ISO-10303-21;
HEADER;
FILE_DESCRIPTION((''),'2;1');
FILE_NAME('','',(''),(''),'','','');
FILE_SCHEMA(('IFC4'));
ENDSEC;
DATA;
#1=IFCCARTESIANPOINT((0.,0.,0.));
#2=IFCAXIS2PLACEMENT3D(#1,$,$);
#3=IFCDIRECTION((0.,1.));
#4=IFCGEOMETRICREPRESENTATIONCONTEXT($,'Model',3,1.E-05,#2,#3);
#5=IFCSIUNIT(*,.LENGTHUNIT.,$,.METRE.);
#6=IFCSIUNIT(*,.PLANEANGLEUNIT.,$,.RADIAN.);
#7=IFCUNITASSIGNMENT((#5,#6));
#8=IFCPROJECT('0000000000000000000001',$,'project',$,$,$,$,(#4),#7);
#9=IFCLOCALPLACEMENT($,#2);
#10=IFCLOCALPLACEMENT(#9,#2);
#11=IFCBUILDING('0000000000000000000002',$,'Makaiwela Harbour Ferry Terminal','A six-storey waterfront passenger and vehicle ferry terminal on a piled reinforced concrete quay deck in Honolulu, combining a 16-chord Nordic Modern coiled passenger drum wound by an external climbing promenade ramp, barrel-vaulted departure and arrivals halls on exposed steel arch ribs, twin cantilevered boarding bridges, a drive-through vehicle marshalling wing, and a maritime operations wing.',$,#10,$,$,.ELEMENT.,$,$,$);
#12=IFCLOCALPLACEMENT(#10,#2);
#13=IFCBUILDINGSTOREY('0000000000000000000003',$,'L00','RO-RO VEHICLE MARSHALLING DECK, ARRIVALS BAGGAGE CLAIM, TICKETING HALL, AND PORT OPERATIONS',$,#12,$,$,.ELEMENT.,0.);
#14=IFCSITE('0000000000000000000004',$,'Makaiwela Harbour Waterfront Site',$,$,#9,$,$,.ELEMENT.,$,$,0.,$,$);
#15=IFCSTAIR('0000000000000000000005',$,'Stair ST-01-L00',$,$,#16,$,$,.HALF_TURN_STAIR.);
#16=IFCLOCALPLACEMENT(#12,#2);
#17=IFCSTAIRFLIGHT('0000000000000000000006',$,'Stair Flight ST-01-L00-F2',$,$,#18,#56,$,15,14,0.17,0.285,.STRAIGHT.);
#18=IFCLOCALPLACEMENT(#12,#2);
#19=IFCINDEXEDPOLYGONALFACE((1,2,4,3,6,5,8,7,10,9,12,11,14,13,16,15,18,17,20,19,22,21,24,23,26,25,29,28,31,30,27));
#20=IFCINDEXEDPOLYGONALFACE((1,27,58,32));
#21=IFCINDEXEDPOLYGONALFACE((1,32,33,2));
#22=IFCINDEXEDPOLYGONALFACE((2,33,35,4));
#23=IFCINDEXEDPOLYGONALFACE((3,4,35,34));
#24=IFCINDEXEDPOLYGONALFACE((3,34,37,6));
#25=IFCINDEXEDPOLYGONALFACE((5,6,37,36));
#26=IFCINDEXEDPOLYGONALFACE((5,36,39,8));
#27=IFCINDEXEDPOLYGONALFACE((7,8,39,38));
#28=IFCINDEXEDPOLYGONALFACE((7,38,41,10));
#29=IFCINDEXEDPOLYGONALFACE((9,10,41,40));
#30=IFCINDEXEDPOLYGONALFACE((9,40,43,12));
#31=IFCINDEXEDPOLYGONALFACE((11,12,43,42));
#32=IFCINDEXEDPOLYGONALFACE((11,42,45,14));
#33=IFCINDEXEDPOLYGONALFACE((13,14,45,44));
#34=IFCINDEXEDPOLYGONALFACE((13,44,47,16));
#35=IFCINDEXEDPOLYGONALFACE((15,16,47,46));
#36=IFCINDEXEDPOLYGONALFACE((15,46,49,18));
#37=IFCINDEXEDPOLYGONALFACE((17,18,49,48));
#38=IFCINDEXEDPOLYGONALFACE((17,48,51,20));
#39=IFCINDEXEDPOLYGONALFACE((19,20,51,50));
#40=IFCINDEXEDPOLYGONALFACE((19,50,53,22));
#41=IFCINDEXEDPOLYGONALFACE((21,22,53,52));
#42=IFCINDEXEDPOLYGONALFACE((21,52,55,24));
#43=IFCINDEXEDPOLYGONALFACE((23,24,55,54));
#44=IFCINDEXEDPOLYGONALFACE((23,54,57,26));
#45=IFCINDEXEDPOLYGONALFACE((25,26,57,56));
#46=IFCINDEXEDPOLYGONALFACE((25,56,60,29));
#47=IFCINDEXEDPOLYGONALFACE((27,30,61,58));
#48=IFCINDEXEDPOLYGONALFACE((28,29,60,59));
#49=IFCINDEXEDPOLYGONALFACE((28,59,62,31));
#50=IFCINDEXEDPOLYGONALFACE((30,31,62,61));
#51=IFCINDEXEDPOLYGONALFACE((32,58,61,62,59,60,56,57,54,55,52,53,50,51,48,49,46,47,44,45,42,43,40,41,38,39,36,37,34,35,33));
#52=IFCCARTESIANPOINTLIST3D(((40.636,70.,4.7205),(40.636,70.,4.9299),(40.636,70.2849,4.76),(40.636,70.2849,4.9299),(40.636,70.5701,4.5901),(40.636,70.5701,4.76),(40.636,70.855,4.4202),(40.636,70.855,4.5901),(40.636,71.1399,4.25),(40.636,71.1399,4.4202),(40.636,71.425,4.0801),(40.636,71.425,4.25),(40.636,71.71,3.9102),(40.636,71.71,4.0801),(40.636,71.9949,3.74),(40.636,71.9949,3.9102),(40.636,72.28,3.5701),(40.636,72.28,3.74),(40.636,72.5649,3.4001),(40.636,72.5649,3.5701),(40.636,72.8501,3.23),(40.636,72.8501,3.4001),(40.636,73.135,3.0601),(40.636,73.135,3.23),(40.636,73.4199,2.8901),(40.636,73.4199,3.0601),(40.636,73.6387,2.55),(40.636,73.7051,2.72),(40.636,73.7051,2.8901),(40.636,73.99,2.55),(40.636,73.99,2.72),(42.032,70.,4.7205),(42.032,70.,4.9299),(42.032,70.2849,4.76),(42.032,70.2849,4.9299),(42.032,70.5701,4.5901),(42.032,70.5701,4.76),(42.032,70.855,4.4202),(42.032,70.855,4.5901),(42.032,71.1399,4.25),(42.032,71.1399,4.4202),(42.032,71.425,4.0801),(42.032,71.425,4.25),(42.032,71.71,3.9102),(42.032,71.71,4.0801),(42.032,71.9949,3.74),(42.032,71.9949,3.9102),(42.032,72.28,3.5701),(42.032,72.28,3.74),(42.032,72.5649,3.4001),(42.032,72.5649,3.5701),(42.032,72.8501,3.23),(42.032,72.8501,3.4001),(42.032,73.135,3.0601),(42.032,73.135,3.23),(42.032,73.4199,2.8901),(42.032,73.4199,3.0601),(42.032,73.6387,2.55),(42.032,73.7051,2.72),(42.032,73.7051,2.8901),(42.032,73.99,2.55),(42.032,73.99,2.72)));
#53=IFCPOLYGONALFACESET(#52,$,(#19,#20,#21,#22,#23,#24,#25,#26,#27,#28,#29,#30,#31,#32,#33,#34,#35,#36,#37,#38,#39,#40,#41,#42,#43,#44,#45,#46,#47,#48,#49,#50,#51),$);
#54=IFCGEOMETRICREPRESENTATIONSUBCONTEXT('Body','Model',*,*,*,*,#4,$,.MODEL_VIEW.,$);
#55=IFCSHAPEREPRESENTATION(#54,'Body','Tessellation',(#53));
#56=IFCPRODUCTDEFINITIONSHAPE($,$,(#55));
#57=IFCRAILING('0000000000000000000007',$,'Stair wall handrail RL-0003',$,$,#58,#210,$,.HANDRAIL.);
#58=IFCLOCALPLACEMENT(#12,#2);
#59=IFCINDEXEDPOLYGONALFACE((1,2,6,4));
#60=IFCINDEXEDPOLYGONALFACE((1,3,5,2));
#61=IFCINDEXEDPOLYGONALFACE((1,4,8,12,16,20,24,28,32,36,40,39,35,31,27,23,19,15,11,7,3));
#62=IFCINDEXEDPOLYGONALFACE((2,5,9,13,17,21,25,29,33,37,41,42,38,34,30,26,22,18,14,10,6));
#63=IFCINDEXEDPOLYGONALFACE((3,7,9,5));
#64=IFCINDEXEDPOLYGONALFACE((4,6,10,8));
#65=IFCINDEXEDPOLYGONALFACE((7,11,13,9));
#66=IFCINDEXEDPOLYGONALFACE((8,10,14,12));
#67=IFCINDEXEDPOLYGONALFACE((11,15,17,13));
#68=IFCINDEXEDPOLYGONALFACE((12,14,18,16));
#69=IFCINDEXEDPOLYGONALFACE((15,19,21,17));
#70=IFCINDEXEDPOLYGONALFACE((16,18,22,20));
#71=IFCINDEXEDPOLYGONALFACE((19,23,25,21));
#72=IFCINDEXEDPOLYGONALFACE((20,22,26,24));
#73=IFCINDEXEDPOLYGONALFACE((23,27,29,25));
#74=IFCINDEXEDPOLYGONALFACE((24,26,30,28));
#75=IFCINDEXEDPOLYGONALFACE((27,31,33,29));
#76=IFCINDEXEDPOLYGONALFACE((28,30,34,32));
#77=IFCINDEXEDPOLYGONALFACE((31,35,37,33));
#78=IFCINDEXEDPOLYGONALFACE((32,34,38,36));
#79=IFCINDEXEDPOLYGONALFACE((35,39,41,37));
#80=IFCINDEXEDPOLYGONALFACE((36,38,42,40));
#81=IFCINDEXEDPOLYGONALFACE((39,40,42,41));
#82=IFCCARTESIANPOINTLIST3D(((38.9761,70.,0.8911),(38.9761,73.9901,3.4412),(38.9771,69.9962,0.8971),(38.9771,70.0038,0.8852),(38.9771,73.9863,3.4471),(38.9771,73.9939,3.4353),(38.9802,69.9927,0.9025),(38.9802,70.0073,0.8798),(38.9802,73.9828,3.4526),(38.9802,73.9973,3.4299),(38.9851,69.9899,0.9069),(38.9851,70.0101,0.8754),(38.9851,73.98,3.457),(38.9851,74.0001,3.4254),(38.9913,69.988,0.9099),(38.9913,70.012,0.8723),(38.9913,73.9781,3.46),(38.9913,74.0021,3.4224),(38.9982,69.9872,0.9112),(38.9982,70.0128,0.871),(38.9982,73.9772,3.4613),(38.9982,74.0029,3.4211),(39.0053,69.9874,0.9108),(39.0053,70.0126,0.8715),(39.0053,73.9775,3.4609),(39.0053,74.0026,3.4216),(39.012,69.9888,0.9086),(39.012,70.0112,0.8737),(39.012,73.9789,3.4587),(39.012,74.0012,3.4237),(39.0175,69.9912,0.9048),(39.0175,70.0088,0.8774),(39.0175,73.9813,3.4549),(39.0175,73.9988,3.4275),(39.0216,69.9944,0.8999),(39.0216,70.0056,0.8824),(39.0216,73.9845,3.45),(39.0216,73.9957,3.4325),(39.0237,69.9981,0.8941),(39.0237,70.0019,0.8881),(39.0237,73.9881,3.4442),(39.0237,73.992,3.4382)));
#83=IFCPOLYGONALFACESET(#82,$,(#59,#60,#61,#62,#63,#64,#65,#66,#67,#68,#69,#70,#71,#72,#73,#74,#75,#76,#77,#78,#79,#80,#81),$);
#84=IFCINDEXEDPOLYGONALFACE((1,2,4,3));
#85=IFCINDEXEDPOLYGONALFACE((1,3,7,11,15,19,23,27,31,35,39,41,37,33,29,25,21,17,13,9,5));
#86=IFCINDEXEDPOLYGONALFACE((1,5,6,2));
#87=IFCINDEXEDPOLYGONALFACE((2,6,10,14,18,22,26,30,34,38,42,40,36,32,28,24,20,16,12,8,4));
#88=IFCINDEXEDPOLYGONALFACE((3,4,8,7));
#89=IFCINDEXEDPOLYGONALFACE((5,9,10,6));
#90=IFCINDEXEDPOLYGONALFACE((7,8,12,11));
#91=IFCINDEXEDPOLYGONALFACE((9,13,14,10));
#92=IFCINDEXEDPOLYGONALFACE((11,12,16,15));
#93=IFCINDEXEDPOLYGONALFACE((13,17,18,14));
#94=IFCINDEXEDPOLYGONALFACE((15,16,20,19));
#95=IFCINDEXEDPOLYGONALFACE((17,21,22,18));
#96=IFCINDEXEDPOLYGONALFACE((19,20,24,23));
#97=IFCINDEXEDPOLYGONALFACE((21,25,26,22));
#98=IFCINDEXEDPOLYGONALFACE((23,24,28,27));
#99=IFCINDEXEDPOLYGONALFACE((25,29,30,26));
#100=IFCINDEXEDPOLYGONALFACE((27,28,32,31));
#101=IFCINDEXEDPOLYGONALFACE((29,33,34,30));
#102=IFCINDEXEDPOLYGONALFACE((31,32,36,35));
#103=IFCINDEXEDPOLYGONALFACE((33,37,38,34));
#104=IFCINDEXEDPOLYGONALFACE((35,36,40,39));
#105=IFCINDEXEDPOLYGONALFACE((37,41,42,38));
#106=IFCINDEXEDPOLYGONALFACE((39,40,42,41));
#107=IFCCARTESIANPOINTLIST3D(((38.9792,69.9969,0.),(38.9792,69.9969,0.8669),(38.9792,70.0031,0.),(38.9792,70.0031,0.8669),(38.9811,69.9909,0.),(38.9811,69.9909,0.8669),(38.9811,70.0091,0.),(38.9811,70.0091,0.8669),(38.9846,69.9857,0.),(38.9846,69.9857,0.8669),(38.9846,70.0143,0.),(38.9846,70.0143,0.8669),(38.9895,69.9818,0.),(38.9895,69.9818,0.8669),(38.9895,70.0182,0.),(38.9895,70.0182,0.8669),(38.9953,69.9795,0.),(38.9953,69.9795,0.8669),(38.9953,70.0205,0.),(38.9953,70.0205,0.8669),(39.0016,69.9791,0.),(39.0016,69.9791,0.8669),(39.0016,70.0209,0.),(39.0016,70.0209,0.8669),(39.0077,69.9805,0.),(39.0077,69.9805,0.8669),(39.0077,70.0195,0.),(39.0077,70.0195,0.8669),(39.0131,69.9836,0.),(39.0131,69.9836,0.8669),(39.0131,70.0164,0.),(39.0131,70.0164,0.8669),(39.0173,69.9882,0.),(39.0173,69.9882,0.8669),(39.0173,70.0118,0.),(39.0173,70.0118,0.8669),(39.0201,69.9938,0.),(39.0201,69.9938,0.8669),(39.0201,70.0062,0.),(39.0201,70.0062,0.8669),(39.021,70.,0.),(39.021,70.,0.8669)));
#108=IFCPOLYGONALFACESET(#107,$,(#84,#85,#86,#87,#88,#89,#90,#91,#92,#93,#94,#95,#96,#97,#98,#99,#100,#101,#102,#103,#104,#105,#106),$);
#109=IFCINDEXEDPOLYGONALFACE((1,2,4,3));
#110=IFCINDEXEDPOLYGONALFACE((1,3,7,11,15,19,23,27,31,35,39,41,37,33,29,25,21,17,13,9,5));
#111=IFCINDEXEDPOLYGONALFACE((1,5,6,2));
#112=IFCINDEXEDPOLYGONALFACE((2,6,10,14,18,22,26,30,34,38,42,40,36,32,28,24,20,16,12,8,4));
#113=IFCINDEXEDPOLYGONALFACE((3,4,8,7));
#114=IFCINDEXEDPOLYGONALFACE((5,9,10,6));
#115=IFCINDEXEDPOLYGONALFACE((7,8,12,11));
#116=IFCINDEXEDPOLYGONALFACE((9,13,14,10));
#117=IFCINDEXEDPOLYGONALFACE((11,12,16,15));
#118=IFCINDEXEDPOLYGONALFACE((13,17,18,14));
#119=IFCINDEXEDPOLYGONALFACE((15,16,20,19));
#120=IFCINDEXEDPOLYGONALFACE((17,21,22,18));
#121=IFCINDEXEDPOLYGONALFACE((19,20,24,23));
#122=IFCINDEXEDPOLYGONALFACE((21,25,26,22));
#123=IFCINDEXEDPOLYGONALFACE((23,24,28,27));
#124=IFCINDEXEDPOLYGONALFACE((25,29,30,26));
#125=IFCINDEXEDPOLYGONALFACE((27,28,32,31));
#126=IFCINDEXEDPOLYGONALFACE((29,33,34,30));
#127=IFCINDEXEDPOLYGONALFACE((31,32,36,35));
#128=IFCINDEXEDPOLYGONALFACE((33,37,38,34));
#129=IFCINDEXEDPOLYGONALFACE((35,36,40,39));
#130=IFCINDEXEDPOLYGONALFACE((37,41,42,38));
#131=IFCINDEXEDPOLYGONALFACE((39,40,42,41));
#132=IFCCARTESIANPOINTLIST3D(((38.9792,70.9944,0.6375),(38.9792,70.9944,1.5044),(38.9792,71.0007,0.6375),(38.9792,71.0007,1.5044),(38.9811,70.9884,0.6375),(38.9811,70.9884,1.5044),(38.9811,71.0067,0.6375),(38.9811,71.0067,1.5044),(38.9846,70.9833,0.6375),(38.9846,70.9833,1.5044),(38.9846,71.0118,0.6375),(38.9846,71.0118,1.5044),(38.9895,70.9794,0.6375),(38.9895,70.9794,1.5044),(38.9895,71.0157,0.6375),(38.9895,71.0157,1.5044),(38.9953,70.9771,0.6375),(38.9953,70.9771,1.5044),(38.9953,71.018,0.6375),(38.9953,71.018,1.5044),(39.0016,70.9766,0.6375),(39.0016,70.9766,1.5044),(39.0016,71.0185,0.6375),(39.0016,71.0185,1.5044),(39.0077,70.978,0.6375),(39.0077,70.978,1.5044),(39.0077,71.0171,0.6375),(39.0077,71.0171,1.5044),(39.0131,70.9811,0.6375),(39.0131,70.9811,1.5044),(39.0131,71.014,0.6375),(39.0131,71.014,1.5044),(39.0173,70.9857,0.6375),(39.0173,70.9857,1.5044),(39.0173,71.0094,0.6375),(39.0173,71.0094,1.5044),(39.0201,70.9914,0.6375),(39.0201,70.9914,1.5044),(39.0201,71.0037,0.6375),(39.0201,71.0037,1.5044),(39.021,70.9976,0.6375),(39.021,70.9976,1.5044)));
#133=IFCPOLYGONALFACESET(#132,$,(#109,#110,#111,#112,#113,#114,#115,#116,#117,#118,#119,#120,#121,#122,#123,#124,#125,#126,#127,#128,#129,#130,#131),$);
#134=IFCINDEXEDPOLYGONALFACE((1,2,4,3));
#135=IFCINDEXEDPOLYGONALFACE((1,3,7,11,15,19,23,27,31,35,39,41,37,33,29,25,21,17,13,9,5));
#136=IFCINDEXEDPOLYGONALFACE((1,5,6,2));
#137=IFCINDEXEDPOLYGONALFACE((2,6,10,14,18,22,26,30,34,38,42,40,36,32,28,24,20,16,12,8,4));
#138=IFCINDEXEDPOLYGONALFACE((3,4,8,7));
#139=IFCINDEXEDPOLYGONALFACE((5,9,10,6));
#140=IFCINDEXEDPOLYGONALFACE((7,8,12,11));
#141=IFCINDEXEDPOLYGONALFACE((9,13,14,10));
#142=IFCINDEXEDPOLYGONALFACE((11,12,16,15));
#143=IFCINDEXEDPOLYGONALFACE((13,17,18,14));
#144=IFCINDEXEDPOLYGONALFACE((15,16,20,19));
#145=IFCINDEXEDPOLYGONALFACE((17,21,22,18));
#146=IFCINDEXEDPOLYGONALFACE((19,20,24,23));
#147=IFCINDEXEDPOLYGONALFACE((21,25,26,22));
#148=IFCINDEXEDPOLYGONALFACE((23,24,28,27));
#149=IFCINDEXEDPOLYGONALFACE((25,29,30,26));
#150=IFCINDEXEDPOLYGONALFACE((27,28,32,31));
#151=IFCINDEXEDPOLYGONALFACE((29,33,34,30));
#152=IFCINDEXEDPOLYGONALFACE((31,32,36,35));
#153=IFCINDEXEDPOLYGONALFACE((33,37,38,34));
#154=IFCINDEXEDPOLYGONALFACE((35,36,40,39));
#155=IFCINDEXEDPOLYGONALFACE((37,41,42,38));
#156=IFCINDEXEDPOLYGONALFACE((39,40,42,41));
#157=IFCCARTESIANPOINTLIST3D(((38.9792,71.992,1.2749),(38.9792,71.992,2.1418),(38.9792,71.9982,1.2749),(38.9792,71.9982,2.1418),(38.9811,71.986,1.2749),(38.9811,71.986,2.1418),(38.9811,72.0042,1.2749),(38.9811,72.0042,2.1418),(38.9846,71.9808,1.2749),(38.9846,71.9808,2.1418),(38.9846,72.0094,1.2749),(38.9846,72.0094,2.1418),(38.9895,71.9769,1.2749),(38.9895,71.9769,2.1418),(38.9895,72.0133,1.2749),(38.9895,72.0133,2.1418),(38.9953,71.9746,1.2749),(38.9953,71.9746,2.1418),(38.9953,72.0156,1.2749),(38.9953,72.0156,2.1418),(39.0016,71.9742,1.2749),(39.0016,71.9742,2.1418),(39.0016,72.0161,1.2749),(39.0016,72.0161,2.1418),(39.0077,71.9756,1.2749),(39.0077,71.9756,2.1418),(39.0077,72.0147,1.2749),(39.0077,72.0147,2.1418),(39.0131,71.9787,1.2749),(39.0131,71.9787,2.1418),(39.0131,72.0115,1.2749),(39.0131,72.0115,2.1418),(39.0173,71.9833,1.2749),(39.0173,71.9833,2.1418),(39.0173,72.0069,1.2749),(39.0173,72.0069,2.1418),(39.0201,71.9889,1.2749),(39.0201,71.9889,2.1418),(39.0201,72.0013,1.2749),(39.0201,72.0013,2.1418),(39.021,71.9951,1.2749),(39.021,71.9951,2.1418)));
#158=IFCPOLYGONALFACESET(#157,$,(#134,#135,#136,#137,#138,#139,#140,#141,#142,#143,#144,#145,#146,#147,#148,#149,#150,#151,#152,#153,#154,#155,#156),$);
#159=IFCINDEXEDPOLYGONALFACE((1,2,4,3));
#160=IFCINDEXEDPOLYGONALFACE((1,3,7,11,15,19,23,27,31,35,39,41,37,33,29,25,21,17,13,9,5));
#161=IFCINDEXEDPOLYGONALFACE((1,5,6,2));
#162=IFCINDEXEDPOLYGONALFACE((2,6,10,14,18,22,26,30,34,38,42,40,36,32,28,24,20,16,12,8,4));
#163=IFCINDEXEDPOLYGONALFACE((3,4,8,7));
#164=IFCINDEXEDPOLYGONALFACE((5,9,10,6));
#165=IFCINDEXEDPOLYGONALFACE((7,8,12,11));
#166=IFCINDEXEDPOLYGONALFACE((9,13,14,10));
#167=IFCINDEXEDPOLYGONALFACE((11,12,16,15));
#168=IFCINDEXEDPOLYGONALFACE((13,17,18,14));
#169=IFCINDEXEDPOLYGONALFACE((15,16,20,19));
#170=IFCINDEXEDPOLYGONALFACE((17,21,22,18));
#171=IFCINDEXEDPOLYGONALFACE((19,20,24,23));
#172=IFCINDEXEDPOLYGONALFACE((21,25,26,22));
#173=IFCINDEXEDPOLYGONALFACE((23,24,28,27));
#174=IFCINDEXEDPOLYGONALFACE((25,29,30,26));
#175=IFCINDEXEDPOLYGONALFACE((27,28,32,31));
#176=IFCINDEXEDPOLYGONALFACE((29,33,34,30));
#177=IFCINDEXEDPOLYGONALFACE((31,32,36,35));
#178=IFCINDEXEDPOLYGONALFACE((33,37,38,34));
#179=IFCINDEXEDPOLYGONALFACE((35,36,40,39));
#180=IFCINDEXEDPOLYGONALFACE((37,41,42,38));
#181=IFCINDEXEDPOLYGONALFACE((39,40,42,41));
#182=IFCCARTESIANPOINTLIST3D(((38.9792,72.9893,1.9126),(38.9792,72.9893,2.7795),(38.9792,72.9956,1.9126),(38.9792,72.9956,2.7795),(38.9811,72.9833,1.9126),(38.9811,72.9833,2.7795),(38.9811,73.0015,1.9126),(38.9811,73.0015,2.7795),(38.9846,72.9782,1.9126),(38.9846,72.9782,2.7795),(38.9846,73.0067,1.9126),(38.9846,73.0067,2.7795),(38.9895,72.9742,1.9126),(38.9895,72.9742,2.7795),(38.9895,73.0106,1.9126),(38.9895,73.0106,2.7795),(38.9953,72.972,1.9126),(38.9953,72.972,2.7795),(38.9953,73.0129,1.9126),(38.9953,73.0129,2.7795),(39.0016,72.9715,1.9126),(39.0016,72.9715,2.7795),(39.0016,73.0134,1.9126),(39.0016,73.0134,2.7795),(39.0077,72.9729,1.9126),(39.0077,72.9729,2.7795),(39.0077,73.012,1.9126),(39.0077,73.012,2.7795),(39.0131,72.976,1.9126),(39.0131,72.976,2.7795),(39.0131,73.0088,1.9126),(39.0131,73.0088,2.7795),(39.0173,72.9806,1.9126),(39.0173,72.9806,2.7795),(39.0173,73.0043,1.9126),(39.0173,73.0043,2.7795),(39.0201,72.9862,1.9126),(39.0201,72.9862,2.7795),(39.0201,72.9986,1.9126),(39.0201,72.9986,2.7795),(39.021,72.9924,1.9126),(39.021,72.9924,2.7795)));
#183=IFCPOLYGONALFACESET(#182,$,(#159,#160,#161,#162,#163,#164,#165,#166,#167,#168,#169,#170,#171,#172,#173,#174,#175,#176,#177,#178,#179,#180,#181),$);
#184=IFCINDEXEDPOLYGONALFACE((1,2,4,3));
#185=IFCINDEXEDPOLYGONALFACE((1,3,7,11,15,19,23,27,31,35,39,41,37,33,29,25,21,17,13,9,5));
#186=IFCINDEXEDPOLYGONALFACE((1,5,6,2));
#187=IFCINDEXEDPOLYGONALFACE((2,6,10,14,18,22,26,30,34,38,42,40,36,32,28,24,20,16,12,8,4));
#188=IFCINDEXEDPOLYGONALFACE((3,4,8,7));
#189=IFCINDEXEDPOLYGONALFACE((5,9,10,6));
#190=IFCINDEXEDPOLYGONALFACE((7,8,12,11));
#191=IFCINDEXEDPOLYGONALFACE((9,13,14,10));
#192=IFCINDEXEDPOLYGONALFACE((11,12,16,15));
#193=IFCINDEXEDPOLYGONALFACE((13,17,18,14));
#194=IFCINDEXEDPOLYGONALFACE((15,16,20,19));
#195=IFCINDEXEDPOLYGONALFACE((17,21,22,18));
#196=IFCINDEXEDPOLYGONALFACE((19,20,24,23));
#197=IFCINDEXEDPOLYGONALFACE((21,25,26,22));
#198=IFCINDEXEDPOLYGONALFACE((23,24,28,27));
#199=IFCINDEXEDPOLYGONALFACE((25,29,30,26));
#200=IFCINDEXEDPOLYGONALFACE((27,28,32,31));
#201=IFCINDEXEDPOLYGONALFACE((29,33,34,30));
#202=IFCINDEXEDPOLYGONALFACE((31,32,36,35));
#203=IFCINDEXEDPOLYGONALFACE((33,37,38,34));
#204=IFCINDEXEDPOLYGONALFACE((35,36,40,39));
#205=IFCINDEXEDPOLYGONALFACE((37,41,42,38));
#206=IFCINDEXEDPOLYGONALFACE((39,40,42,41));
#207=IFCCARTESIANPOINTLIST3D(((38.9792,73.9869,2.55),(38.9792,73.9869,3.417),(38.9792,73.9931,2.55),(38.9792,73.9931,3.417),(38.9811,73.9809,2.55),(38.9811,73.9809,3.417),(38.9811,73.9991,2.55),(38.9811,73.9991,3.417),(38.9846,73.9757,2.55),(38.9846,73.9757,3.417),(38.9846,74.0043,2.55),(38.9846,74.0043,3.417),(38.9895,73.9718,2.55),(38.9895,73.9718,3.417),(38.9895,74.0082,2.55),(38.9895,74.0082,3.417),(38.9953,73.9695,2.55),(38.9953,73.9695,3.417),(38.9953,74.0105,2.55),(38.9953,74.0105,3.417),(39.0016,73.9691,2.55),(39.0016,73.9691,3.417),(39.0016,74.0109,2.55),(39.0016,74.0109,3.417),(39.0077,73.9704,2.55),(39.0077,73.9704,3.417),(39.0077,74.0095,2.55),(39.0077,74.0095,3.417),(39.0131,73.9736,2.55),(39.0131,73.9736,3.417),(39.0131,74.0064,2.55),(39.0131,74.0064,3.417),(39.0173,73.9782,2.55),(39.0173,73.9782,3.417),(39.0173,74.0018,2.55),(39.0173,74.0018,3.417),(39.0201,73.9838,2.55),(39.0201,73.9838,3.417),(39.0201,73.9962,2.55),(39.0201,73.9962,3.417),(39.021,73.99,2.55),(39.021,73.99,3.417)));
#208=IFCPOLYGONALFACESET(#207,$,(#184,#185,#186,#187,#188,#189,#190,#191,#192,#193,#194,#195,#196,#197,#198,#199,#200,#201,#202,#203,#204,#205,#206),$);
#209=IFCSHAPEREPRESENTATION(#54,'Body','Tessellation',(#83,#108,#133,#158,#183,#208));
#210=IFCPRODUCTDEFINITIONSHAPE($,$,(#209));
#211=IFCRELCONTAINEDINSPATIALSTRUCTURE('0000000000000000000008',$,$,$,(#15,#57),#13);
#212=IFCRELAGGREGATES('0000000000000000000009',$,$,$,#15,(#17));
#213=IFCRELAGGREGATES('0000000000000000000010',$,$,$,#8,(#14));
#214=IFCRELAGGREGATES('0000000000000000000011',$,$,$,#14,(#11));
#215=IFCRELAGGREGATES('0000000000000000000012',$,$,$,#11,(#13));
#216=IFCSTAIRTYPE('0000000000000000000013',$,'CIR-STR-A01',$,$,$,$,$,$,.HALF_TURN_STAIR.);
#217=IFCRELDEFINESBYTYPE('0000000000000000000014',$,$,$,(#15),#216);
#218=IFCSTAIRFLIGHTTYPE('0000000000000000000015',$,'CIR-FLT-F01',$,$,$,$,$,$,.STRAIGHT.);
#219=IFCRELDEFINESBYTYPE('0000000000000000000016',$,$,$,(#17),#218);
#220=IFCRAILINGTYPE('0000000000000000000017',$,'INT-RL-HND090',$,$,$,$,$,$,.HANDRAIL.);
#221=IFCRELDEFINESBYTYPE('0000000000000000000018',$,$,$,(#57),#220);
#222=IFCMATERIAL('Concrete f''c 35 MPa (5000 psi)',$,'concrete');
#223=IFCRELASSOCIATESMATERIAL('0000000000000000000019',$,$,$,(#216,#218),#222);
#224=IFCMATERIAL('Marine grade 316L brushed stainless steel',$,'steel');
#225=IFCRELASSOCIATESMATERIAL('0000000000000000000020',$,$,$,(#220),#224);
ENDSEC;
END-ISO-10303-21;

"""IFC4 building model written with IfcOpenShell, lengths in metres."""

from ifc_helpers import new_model, si_unit, direction, frame, origin, origin_2d, place, context, subcontext, project, spatial, polyline, circle, outline, extrude, material, type_object, element, aggregate, save


model = new_model("IFC4")

# Units and contexts
model_context = context("Model", 3, precision=1e-05, world=origin(), true_north=direction((0.0, 1.0)))
body_context = subcontext(model_context, "Body", "Model", "MODEL_VIEW")
ifc_project = project(units=[si_unit("LENGTHUNIT", "METRE"), si_unit("PLANEANGLEUNIT", "RADIAN")], contexts=[model_context])

# Site, building, storey
site_placement = place(None, origin())
site = spatial("IfcSite", under=ifc_project, at=site_placement, Name="Makaiwela Harbour Waterfront Site", CompositionType="ELEMENT", RefElevation=0.0)
building_placement = place(site_placement, origin())
building = spatial("IfcBuilding", under=site, at=building_placement, Name="Makaiwela Harbour Ferry Terminal", Description="A six-storey waterfront passenger and vehicle ferry terminal on a piled reinforced concrete quay deck in Honolulu, combining a 16-chord Nordic Modern coiled passenger drum wound by an external climbing promenade ramp, barrel-vaulted departure and arrivals halls on exposed steel arch ribs, twin cantilevered boarding bridges, a drive-through vehicle marshalling wing, and a maritime operations wing.", CompositionType="ELEMENT")
storey_placement = place(building_placement, origin())
storey = spatial("IfcBuildingStorey", under=building, at=storey_placement, Name="L00", Description="RO-RO VEHICLE MARSHALLING DECK, ARRIVALS BAGGAGE CLAIM, TICKETING HALL, AND PORT OPERATIONS", CompositionType="ELEMENT", Elevation=0.0)

# Shared definitions
ifc_material_1 = material(Name="Marine grade 316L brushed stainless steel", Category="steel")

# Stair, stair flight
ifc_material_2 = material(Name="Concrete f'c 35 MPa (5000 psi)", Category="concrete")
stair_type = type_object("IfcStairType", Name="CIR-STR-A01", PredefinedType="HALF_TURN_STAIR", material=ifc_material_2)
stair_placement = place(storey_placement, origin())
stair = element("IfcStair", 1, at=stair_placement, inside=storey, type_object=stair_type, Name="Stair ST-01-L00", PredefinedType="HALF_TURN_STAIR")
stair_flight_type = type_object("IfcStairFlightType", Name="CIR-FLT-F01", PredefinedType="STRAIGHT", material=ifc_material_2)
stair_flight_1_placement = place(storey_placement, frame((41.334, 73.99, 2.55), z_axis=(0.0, 0.0, 1.0), x_axis=(0.0, -1.0, 0.0)))
stair_flight_1 = element("IfcStairFlight", 2, at=stair_flight_1_placement, type_object=stair_flight_type, Name="Stair Flight ST-01-L00-F2", NumberOfRisers=15, NumberOfTreads=14, PredefinedType="STRAIGHT", RiserHeight=0.17, TreadLength=0.285, context=body_context, shape_type="SweptSolid", body=[
    extrude(outline(polyline([(0.0, 0.0), (0.0, 0.1699), (0.2849, 0.1699), (0.2849, 0.3401), (0.5701, 0.3401), (0.5701, 0.51), (0.855, 0.51), (0.855, 0.6799), (1.1399, 0.6799), (1.1399, 0.8501), (1.425, 0.8501), (1.425, 1.02), (1.71, 1.02), (1.71, 1.1899), (1.9951, 1.1899), (1.9951, 1.3601), (2.28, 1.3601), (2.28, 1.53), (2.5649, 1.53), (2.5649, 1.7), (2.8501, 1.7), (2.8501, 1.8701), (3.135, 1.8701), (3.135, 2.04), (3.4199, 2.04), (3.4199, 2.21), (3.7051, 2.21), (3.7051, 2.3799), (3.99, 2.3799), (3.99, 2.55), (3.99, 2.1704), (0.3513, 0.0), (0.0, 0.0)])), frame((0.0, 0.698, 0.0), z_axis=(0.0, -1.0, 0.0), x_axis=(1.0, 0.0, 0.0)), (0.0, 0.0, 1.0), 1.396),
])
aggregate(stair, [stair_flight_1])

# Railing
railing_type_1 = type_object("IfcRailingType", Name="INT-RL-HND090", PredefinedType="HANDRAIL", material=ifc_material_1)
railing_1_placement = place(storey_placement, frame((39.0, 70.0, 0.0)))
element("IfcRailing", 3, at=railing_1_placement, inside=storey, type_object=railing_type_1, Name="Stair wall handrail RL-0003", PredefinedType="HANDRAIL", context=body_context, shape_type="SweptSolid", body=[
    extrude(circle(Radius=0.0239, at=origin_2d()), frame((0.0, 0.0, 0.8911), z_axis=(0.0, 0.842611, 0.538523), x_axis=(-1.0, 0.0, 0.0)), (0.0, 0.0, 1.0), 4.7354),
    extrude(circle(Radius=0.021, at=origin_2d()), origin(), (0.0, 0.0, 1.0), 0.8669),
    extrude(circle(Radius=0.021, at=origin_2d()), frame((0.0, 0.9976, 0.6375)), (0.0, 0.0, 1.0), 0.8669),
    extrude(circle(Radius=0.021, at=origin_2d()), frame((0.0, 1.9951, 1.2749)), (0.0, 0.0, 1.0), 0.8669),
    extrude(circle(Radius=0.021, at=origin_2d()), frame((0.0, 2.9924, 1.9126)), (0.0, 0.0, 1.0), 0.8669),
    extrude(circle(Radius=0.021, at=origin_2d()), frame((0.0, 3.99, 2.55)), (0.0, 0.0, 1.0), 0.8669),
])

save(model, "model.ifc")
